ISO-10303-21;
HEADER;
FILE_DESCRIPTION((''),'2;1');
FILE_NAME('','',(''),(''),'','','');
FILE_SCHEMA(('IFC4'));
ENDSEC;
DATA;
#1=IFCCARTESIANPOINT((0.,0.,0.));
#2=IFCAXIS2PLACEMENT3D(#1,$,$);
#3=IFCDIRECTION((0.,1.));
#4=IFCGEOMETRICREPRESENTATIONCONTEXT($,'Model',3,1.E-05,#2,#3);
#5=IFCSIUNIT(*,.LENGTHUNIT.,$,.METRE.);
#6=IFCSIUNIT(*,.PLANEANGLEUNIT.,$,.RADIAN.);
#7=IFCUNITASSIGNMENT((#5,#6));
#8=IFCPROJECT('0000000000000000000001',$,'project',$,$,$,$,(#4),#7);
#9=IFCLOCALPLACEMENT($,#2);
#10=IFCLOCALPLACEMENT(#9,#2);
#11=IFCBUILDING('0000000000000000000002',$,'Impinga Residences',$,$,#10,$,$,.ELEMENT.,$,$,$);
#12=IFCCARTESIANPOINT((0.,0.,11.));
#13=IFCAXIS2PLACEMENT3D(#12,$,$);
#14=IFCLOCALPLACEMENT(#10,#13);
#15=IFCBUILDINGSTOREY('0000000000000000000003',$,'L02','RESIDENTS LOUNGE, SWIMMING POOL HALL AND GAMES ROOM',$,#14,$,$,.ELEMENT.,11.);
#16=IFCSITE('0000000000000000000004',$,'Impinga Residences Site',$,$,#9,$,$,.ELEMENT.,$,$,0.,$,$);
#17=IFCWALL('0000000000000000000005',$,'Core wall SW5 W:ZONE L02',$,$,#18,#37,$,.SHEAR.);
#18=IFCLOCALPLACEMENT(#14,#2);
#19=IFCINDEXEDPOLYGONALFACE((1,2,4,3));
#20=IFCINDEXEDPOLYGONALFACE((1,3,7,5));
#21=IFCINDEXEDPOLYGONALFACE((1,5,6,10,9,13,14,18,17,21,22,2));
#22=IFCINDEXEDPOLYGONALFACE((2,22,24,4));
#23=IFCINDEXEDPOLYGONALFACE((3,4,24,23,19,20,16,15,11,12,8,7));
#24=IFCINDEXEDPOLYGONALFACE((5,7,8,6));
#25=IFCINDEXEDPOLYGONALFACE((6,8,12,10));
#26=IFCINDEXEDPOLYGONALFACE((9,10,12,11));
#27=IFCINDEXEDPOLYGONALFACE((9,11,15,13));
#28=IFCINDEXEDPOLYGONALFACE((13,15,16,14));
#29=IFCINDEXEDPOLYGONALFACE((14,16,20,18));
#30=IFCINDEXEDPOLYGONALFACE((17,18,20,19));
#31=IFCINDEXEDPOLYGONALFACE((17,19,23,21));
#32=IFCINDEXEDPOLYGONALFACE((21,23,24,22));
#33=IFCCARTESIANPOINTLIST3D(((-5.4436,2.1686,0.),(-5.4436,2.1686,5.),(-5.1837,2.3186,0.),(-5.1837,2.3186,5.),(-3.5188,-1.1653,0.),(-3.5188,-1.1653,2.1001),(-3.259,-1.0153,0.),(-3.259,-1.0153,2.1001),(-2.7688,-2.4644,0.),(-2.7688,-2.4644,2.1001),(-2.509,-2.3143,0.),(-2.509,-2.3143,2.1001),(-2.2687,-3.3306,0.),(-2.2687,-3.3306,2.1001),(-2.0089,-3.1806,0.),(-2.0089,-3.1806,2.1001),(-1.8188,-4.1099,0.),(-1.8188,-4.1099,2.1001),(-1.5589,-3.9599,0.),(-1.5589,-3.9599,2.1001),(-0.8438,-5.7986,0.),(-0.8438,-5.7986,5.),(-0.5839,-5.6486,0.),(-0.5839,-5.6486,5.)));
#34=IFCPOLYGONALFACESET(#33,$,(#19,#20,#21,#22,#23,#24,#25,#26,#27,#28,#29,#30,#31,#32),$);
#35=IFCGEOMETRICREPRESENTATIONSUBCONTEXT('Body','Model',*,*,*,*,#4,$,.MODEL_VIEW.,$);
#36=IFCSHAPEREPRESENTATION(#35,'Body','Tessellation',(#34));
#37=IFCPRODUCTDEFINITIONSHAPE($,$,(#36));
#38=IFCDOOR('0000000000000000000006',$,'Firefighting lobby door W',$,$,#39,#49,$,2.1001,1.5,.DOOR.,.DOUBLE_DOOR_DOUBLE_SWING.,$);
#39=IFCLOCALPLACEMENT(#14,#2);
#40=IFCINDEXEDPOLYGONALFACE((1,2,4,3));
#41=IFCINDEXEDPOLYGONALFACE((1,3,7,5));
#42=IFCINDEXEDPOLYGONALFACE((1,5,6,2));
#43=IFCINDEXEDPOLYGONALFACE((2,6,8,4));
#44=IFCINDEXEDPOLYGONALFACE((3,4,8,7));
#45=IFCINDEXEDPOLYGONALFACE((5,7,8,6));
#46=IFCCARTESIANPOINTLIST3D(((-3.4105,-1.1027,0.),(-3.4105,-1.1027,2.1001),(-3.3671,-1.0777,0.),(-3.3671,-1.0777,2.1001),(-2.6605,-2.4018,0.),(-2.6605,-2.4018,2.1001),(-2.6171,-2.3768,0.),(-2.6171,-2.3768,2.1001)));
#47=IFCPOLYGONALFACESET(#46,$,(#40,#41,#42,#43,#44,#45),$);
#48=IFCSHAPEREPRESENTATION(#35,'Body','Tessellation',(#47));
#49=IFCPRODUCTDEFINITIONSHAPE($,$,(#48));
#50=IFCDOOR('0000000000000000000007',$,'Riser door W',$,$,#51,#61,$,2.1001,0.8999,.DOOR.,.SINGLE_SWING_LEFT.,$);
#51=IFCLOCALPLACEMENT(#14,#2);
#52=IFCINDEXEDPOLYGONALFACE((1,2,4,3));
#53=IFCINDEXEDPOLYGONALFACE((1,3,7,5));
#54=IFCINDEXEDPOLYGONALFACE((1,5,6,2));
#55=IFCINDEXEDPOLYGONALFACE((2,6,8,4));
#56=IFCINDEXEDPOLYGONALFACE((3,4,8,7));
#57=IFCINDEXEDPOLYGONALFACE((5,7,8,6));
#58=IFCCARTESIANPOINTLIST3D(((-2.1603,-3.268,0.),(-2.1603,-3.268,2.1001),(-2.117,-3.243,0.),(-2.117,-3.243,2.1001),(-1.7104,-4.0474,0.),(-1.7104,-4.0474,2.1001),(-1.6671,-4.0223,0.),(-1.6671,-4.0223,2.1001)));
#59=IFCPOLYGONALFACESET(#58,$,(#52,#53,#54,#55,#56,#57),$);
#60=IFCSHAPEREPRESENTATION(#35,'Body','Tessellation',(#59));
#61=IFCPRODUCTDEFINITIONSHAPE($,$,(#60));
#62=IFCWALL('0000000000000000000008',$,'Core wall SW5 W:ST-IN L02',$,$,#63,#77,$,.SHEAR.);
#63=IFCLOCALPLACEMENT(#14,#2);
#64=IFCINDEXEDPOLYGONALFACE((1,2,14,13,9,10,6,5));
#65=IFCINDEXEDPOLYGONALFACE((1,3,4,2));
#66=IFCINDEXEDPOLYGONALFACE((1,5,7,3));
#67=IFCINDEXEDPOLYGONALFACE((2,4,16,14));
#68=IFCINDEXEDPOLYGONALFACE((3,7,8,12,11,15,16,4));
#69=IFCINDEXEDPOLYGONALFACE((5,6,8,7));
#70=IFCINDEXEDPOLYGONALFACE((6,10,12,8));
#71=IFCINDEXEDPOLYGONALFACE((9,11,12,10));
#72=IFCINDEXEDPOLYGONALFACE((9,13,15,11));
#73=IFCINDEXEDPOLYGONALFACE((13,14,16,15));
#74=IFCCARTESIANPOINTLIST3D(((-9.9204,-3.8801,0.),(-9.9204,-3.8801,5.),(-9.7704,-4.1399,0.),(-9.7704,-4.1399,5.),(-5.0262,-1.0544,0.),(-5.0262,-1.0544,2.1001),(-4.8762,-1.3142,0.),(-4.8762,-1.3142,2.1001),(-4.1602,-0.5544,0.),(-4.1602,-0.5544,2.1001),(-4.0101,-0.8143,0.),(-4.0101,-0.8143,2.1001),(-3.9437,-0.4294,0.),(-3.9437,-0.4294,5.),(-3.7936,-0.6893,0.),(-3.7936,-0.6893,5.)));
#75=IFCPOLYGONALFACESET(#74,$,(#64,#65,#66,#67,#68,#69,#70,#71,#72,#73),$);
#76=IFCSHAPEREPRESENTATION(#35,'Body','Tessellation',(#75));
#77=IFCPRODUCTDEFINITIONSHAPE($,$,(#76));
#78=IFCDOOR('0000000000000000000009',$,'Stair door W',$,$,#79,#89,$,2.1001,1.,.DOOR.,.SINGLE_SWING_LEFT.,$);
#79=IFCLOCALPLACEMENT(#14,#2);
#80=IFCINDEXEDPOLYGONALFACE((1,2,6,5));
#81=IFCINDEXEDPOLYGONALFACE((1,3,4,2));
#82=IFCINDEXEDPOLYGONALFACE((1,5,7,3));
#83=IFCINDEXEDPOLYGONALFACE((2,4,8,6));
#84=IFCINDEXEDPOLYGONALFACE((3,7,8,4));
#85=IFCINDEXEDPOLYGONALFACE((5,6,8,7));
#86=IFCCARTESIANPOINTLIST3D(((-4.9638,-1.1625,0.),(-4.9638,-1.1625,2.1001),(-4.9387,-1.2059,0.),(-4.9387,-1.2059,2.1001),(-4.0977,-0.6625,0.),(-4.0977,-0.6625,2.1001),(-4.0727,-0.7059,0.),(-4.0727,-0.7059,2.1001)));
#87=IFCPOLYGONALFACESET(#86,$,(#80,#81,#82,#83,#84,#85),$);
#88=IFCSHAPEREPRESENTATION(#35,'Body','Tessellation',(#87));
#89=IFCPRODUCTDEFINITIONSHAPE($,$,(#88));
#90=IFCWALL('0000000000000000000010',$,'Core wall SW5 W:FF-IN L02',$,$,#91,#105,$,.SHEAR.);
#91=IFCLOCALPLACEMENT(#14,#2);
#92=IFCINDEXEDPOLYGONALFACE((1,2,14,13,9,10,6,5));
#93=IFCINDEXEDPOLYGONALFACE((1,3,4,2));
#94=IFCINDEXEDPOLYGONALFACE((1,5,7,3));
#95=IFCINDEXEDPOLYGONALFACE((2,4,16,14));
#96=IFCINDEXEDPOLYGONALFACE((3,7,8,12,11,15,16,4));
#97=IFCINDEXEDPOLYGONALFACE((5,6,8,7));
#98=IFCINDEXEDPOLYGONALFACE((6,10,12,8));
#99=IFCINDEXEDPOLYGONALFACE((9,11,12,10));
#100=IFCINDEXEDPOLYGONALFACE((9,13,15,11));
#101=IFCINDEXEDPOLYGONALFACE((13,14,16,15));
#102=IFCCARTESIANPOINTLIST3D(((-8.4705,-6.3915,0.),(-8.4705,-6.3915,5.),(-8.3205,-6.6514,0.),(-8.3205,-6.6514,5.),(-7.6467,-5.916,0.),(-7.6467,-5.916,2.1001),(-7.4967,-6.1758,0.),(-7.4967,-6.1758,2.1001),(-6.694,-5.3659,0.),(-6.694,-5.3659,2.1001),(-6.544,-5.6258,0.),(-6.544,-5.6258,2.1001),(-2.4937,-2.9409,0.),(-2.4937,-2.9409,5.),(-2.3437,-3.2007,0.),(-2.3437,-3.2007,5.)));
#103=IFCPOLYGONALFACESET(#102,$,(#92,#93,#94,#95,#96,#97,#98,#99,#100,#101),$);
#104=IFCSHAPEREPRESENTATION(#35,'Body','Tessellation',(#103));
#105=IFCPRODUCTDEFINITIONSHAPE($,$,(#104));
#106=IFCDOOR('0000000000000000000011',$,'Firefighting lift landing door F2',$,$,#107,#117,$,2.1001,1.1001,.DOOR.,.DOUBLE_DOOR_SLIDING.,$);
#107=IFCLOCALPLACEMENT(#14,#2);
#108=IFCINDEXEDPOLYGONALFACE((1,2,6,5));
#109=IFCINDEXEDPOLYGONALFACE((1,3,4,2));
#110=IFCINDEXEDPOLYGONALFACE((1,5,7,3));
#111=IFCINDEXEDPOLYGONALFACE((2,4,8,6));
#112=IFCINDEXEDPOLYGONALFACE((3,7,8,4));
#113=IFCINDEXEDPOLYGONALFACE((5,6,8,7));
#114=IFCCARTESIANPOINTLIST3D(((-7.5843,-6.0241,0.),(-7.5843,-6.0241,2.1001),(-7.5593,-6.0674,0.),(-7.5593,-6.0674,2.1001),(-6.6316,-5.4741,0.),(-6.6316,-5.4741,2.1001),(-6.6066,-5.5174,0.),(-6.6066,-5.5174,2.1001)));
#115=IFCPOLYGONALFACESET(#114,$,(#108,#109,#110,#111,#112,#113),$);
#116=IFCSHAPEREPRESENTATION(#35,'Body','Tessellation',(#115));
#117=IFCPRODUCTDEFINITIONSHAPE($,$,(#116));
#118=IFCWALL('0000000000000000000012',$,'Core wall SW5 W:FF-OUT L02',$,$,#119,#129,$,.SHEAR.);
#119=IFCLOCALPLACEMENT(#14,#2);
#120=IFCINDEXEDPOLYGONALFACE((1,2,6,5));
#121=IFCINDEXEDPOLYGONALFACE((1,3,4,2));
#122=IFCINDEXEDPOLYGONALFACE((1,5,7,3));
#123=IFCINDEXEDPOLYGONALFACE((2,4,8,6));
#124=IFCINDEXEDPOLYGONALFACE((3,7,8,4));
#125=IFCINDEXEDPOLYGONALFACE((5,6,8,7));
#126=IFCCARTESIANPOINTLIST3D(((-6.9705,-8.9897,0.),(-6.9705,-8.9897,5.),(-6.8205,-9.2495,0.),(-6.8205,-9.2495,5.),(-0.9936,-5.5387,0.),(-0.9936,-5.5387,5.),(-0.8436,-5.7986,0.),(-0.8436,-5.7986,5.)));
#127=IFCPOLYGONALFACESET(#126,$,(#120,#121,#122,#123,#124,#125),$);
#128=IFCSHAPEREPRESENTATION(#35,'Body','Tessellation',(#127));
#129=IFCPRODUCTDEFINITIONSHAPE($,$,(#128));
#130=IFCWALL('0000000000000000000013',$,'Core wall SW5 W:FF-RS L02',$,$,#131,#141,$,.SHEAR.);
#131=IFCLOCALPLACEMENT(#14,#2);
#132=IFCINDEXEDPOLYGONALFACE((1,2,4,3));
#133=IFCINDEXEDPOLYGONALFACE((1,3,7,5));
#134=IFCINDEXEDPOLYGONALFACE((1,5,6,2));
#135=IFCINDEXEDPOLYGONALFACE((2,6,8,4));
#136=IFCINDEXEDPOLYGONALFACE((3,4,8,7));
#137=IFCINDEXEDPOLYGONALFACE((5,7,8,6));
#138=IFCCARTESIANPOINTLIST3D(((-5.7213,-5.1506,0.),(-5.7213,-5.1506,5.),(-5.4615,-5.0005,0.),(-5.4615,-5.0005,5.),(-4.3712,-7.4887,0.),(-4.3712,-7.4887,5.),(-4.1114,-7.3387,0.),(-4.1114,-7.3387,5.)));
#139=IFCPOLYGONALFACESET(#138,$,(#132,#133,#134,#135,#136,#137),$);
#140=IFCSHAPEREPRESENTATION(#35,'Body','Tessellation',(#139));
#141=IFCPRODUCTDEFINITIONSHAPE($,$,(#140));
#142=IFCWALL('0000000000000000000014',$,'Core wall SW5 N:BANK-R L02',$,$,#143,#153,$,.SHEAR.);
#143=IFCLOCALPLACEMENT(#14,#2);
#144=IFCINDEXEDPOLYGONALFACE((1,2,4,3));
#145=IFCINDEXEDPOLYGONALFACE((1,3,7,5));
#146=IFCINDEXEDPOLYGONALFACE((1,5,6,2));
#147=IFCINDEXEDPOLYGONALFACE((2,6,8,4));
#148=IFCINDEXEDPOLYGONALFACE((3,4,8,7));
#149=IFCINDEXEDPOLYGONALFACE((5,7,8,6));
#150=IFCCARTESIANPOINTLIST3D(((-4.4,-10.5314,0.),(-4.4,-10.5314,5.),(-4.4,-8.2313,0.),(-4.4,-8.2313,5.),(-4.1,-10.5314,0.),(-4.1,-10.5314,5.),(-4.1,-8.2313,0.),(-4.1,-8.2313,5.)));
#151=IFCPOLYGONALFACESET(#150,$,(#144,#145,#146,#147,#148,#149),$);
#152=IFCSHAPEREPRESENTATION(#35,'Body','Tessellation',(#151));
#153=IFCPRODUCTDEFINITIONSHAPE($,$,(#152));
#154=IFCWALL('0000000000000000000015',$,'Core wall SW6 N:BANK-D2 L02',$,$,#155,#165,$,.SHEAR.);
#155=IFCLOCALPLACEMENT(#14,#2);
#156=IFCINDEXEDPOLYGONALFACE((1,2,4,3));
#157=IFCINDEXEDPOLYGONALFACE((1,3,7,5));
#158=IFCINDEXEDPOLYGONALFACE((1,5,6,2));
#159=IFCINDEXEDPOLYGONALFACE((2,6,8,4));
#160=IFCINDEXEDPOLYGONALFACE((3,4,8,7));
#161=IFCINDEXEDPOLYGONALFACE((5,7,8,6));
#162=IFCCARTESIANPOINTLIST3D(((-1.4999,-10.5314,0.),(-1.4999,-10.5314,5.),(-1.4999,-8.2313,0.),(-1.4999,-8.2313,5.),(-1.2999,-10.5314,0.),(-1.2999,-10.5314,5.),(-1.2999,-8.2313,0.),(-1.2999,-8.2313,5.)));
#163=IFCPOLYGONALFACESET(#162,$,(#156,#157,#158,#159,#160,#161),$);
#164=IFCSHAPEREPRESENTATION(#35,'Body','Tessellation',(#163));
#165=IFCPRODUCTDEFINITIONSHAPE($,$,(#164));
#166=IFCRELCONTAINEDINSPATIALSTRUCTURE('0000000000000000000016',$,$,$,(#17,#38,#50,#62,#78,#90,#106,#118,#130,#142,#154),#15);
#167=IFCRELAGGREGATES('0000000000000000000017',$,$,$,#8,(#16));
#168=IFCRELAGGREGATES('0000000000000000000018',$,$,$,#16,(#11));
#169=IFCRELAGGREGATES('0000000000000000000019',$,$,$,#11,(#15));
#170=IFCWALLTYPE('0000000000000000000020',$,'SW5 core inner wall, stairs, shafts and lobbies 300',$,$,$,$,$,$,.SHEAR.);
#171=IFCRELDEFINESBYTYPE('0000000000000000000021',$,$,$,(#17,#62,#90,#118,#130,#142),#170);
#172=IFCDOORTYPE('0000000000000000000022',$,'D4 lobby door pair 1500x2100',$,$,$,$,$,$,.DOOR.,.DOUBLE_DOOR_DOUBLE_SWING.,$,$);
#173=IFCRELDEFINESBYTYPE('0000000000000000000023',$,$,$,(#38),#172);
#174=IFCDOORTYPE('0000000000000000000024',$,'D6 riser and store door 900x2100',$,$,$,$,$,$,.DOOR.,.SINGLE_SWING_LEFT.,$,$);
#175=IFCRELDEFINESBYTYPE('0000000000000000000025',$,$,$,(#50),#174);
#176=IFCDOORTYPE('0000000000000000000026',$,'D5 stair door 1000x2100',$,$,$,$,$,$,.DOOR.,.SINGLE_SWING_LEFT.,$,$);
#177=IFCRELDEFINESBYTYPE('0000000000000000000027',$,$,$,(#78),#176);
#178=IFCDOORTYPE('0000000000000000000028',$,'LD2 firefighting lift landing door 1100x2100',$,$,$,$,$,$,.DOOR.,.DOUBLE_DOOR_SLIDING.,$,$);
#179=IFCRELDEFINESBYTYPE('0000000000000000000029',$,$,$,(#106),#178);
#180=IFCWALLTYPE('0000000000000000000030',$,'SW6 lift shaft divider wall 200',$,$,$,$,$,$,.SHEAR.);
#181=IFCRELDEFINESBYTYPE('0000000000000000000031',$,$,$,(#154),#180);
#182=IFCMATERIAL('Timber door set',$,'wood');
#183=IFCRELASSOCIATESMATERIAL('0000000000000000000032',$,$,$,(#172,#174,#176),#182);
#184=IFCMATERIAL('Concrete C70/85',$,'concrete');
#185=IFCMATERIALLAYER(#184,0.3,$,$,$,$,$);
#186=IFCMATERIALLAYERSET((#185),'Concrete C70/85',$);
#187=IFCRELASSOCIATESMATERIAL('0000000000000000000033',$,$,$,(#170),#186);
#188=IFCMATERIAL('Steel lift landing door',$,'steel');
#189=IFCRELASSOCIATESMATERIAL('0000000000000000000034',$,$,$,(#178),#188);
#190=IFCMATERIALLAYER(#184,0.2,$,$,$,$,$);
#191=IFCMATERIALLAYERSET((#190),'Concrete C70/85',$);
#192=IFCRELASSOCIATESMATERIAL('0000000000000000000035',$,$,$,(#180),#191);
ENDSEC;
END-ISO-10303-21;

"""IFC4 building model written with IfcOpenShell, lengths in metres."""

from ifc_helpers import new_model, si_unit, direction, frame, frame_2d, origin, place, context, subcontext, project, spatial, rectangle, extrude, material, layer, layer_set, type_object, element, fill, save


model = new_model("IFC4")

# Units and contexts
model_context = context("Model", 3, precision=1e-05, world=origin(), true_north=direction((0.0, 1.0)))
body_context = subcontext(model_context, "Body", "Model", "MODEL_VIEW")
ifc_project = project(units=[si_unit("LENGTHUNIT", "METRE"), si_unit("PLANEANGLEUNIT", "RADIAN")], contexts=[model_context])

# Site, building, storey
site_placement = place(None, origin())
site = spatial("IfcSite", under=ifc_project, at=site_placement, Name="Impinga Residences Site", CompositionType="ELEMENT", RefElevation=0.0)
building_placement = place(site_placement, origin())
building = spatial("IfcBuilding", under=site, at=building_placement, Name="Impinga Residences", CompositionType="ELEMENT")
storey_placement = place(building_placement, frame((0.0, 0.0, 11.0)))
storey = spatial("IfcBuildingStorey", under=building, at=storey_placement, Name="L02", Description="RESIDENTS LOUNGE, SWIMMING POOL HALL AND GAMES ROOM", CompositionType="ELEMENT", Elevation=11.0)

# Shared definitions
ifc_material_1 = material(Name="Concrete C70/85", Category="concrete")

# Shared definitions
ifc_material_2 = material(Name="Timber door set", Category="wood")
door_type_1 = type_object("IfcDoorType", Name="D4 lobby door pair 1500x2100", OperationType="DOUBLE_DOOR_DOUBLE_SWING", PredefinedType="DOOR", material=ifc_material_2)

# Wall, openings, doors
ifc_layer_1 = layer(ifc_material_1, 0.3)
ifc_layer_set_1 = layer_set([ifc_layer_1], Name="Concrete C70/85")
wall_type_1 = type_object("IfcWallType", Name="SW5 core inner wall, stairs, shafts and lobbies 300", PredefinedType="SHEAR", material=ifc_layer_set_1)
wall_1_placement = place(storey_placement, frame((-0.7139, -5.7236, 0.0), z_axis=(0.0, 0.0, 1.0), x_axis=(-0.499995, 0.866028, 0.0)))
wall_1 = element("IfcWall", 1, at=wall_1_placement, inside=storey, type_object=wall_type_1, Name="Core wall SW5 W:ZONE L02", PredefinedType="SHEAR", context=body_context, shape_type="SweptSolid", body=[
    extrude(rectangle(XDim=9.1997, YDim=0.3, at=frame_2d((4.5999, 0.0))), origin(), (0.0, 0.0, 1.0), 5.0),
])
opening_1_placement = place(wall_1_placement, frame((3.8501, 0.0, 0.0)))
opening_1 = element("IfcOpeningElement", 2, at=opening_1_placement, cuts=wall_1, PredefinedType="OPENING", context=body_context, shape_type="SweptSolid", body=[
    extrude(rectangle(XDim=1.5, YDim=2.1001, at=frame_2d((0.75, 1.05))), frame((0.0, 0.1599, 0.0), z_axis=(0.0, -1.0, 0.0), x_axis=(1.0, 0.0, 0.0)), (0.0, 0.0, 1.0), 0.3201),
])
opening_2_placement = place(wall_1_placement, frame((1.95, 0.0, 0.0)))
opening_2 = element("IfcOpeningElement", 3, at=opening_2_placement, cuts=wall_1, PredefinedType="OPENING", context=body_context, shape_type="SweptSolid", body=[
    extrude(rectangle(XDim=0.8999, YDim=2.1001, at=frame_2d((0.45, 1.05))), frame((0.0, 0.1599, 0.0), z_axis=(0.0, -1.0, 0.0), x_axis=(1.0, 0.0, 0.0)), (0.0, 0.0, 1.0), 0.3201),
])
door_1_placement = place(opening_1_placement, origin())
door_1 = element("IfcDoor", 4, at=door_1_placement, inside=storey, type_object=door_type_1, Name="Firefighting lobby door W", OperationType="DOUBLE_DOOR_DOUBLE_SWING", OverallHeight=2.1001, OverallWidth=1.5, PredefinedType="DOOR", context=body_context, shape_type="SweptSolid", body=[
    extrude(rectangle(XDim=1.5, YDim=2.1001, at=frame_2d((0.75, 1.05))), frame((0.0, 0.0249, 0.0), z_axis=(0.0, -1.0, 0.0), x_axis=(1.0, 0.0, 0.0)), (0.0, 0.0, 1.0), 0.05),
])
fill(opening_1, door_1)
door_type_2 = type_object("IfcDoorType", Name="D6 riser and store door 900x2100", OperationType="SINGLE_SWING_LEFT", PredefinedType="DOOR", material=ifc_material_2)
door_2_placement = place(opening_2_placement, origin())
door_2 = element("IfcDoor", 5, at=door_2_placement, inside=storey, type_object=door_type_2, Name="Riser door W", OperationType="SINGLE_SWING_LEFT", OverallHeight=2.1001, OverallWidth=0.8999, PredefinedType="DOOR", context=body_context, shape_type="SweptSolid", body=[
    extrude(rectangle(XDim=0.8999, YDim=2.1001, at=frame_2d((0.45, 1.05))), frame((0.0, 0.0249, 0.0), z_axis=(0.0, -1.0, 0.0), x_axis=(1.0, 0.0, 0.0)), (0.0, 0.0, 1.0), 0.05),
])
fill(opening_2, door_2)

# Walls, openings, doors
wall_2_placement = place(storey_placement, frame((-3.8687, -0.5593, 0.0), z_axis=(0.0, 0.0, 1.0), x_axis=(-0.866027, -0.499997, 0.0)))
wall_2 = element("IfcWall", 6, at=wall_2_placement, inside=storey, type_object=wall_type_1, Name="Core wall SW5 W:ST-IN L02", PredefinedType="SHEAR", context=body_context, shape_type="SweptSolid", body=[
    extrude(rectangle(XDim=6.9014, YDim=0.3, at=frame_2d((3.4507, 0.0))), origin(), (0.0, 0.0, 1.0), 5.0),
])
opening_3_placement = place(wall_2_placement, frame((0.25, 0.0, 0.0)))
opening_3 = element("IfcOpeningElement", 7, at=opening_3_placement, cuts=wall_2, PredefinedType="OPENING", context=body_context, shape_type="SweptSolid", body=[
    extrude(rectangle(XDim=1.0, YDim=2.1001, at=frame_2d((0.5, 1.05))), frame((0.0, 0.1599, 0.0), z_axis=(0.0, -1.0, 0.0), x_axis=(1.0, 0.0, 0.0)), (0.0, 0.0, 1.0), 0.3201),
])
door_type_3 = type_object("IfcDoorType", Name="D5 stair door 1000x2100", OperationType="SINGLE_SWING_LEFT", PredefinedType="DOOR", material=ifc_material_2)
door_3_placement = place(opening_3_placement, origin())
door_3 = element("IfcDoor", 8, at=door_3_placement, inside=storey, type_object=door_type_3, Name="Stair door W", OperationType="SINGLE_SWING_LEFT", OverallHeight=2.1001, OverallWidth=1.0, PredefinedType="DOOR", context=body_context, shape_type="SweptSolid", body=[
    extrude(rectangle(XDim=1.0, YDim=2.1001, at=frame_2d((0.5, 1.05))), frame((0.0, 0.0249, 0.0), z_axis=(0.0, -1.0, 0.0), x_axis=(1.0, 0.0, 0.0)), (0.0, 0.0, 1.0), 0.05),
])
fill(opening_3, door_3)
wall_3_placement = place(storey_placement, frame((-2.4187, -3.0708, 0.0), z_axis=(0.0, 0.0, 1.0), x_axis=(-0.866027, -0.499997, 0.0)))
wall_3 = element("IfcWall", 9, at=wall_3_placement, inside=storey, type_object=wall_type_1, Name="Core wall SW5 W:FF-IN L02", PredefinedType="SHEAR", context=body_context, shape_type="SweptSolid", body=[
    extrude(rectangle(XDim=6.9014, YDim=0.3, at=frame_2d((3.4507, 0.0))), origin(), (0.0, 0.0, 1.0), 5.0),
])
opening_4_placement = place(wall_3_placement, frame((4.8501, 0.0, 0.0)))
opening_4 = element("IfcOpeningElement", 10, at=opening_4_placement, cuts=wall_3, PredefinedType="OPENING", context=body_context, shape_type="SweptSolid", body=[
    extrude(rectangle(XDim=1.1001, YDim=2.1001, at=frame_2d((0.55, 1.05))), frame((0.0, 0.1599, 0.0), z_axis=(0.0, -1.0, 0.0), x_axis=(1.0, 0.0, 0.0)), (0.0, 0.0, 1.0), 0.3201),
])
ifc_material_3 = material(Name="Steel lift landing door", Category="steel")
door_type_4 = type_object("IfcDoorType", Name="LD2 firefighting lift landing door 1100x2100", OperationType="DOUBLE_DOOR_SLIDING", PredefinedType="DOOR", material=ifc_material_3)
door_4_placement = place(opening_4_placement, origin())
door_4 = element("IfcDoor", 11, at=door_4_placement, inside=storey, type_object=door_type_4, Name="Firefighting lift landing door F2", OperationType="DOUBLE_DOOR_SLIDING", OverallHeight=2.1001, OverallWidth=1.1001, PredefinedType="DOOR", context=body_context, shape_type="SweptSolid", body=[
    extrude(rectangle(XDim=1.1001, YDim=2.1001, at=frame_2d((0.55, 1.05))), frame((0.0, 0.0249, 0.0), z_axis=(0.0, -1.0, 0.0), x_axis=(1.0, 0.0, 0.0)), (0.0, 0.0, 1.0), 0.05),
])
fill(opening_4, door_4)

# Walls
wall_4_placement = place(storey_placement, frame((-0.9187, -5.6687, 0.0), z_axis=(0.0, 0.0, 1.0), x_axis=(-0.866012, -0.500024, 0.0)))
element("IfcWall", 12, at=wall_4_placement, inside=storey, type_object=wall_type_1, Name="Core wall SW5 W:FF-OUT L02", PredefinedType="SHEAR", context=body_context, shape_type="SweptSolid", body=[
    extrude(rectangle(XDim=6.9016, YDim=0.3, at=frame_2d((3.4507, 0.0))), origin(), (0.0, 0.0, 1.0), 5.0),
])
wall_5_placement = place(storey_placement, frame((-4.2412, -7.4138, 0.0), z_axis=(0.0, 0.0, 1.0), x_axis=(-0.500049, 0.865997, 0.0)))
element("IfcWall", 13, at=wall_5_placement, inside=storey, type_object=wall_type_1, Name="Core wall SW5 W:FF-RS L02", PredefinedType="SHEAR", context=body_context, shape_type="SweptSolid", body=[
    extrude(rectangle(XDim=2.7, YDim=0.3, at=frame_2d((1.3501, 0.0))), origin(), (0.0, 0.0, 1.0), 5.0),
])
wall_6_placement = place(storey_placement, frame((-4.25, -8.2314, 0.0), z_axis=(0.0, 0.0, 1.0), x_axis=(0.0, -1.0, 0.0)))
element("IfcWall", 14, at=wall_6_placement, inside=storey, type_object=wall_type_1, Name="Core wall SW5 N:BANK-R L02", PredefinedType="SHEAR", context=body_context, shape_type="SweptSolid", body=[
    extrude(rectangle(XDim=2.3, YDim=0.3, at=frame_2d((1.1499, 0.0))), origin(), (0.0, 0.0, 1.0), 5.0),
])
ifc_layer_2 = layer(ifc_material_1, 0.2)
ifc_layer_set_2 = layer_set([ifc_layer_2], Name="Concrete C70/85")
wall_type_2 = type_object("IfcWallType", Name="SW6 lift shaft divider wall 200", PredefinedType="SHEAR", material=ifc_layer_set_2)
wall_7_placement = place(storey_placement, frame((-1.3999, -8.2314, 0.0), z_axis=(0.0, 0.0, 1.0), x_axis=(0.0, -1.0, 0.0)))
element("IfcWall", 15, at=wall_7_placement, inside=storey, type_object=wall_type_2, Name="Core wall SW6 N:BANK-D2 L02", PredefinedType="SHEAR", context=body_context, shape_type="SweptSolid", body=[
    extrude(rectangle(XDim=2.3, YDim=0.2, at=frame_2d((1.1499, 0.0))), origin(), (0.0, 0.0, 1.0), 5.0),
])

save(model, "model.ifc")
